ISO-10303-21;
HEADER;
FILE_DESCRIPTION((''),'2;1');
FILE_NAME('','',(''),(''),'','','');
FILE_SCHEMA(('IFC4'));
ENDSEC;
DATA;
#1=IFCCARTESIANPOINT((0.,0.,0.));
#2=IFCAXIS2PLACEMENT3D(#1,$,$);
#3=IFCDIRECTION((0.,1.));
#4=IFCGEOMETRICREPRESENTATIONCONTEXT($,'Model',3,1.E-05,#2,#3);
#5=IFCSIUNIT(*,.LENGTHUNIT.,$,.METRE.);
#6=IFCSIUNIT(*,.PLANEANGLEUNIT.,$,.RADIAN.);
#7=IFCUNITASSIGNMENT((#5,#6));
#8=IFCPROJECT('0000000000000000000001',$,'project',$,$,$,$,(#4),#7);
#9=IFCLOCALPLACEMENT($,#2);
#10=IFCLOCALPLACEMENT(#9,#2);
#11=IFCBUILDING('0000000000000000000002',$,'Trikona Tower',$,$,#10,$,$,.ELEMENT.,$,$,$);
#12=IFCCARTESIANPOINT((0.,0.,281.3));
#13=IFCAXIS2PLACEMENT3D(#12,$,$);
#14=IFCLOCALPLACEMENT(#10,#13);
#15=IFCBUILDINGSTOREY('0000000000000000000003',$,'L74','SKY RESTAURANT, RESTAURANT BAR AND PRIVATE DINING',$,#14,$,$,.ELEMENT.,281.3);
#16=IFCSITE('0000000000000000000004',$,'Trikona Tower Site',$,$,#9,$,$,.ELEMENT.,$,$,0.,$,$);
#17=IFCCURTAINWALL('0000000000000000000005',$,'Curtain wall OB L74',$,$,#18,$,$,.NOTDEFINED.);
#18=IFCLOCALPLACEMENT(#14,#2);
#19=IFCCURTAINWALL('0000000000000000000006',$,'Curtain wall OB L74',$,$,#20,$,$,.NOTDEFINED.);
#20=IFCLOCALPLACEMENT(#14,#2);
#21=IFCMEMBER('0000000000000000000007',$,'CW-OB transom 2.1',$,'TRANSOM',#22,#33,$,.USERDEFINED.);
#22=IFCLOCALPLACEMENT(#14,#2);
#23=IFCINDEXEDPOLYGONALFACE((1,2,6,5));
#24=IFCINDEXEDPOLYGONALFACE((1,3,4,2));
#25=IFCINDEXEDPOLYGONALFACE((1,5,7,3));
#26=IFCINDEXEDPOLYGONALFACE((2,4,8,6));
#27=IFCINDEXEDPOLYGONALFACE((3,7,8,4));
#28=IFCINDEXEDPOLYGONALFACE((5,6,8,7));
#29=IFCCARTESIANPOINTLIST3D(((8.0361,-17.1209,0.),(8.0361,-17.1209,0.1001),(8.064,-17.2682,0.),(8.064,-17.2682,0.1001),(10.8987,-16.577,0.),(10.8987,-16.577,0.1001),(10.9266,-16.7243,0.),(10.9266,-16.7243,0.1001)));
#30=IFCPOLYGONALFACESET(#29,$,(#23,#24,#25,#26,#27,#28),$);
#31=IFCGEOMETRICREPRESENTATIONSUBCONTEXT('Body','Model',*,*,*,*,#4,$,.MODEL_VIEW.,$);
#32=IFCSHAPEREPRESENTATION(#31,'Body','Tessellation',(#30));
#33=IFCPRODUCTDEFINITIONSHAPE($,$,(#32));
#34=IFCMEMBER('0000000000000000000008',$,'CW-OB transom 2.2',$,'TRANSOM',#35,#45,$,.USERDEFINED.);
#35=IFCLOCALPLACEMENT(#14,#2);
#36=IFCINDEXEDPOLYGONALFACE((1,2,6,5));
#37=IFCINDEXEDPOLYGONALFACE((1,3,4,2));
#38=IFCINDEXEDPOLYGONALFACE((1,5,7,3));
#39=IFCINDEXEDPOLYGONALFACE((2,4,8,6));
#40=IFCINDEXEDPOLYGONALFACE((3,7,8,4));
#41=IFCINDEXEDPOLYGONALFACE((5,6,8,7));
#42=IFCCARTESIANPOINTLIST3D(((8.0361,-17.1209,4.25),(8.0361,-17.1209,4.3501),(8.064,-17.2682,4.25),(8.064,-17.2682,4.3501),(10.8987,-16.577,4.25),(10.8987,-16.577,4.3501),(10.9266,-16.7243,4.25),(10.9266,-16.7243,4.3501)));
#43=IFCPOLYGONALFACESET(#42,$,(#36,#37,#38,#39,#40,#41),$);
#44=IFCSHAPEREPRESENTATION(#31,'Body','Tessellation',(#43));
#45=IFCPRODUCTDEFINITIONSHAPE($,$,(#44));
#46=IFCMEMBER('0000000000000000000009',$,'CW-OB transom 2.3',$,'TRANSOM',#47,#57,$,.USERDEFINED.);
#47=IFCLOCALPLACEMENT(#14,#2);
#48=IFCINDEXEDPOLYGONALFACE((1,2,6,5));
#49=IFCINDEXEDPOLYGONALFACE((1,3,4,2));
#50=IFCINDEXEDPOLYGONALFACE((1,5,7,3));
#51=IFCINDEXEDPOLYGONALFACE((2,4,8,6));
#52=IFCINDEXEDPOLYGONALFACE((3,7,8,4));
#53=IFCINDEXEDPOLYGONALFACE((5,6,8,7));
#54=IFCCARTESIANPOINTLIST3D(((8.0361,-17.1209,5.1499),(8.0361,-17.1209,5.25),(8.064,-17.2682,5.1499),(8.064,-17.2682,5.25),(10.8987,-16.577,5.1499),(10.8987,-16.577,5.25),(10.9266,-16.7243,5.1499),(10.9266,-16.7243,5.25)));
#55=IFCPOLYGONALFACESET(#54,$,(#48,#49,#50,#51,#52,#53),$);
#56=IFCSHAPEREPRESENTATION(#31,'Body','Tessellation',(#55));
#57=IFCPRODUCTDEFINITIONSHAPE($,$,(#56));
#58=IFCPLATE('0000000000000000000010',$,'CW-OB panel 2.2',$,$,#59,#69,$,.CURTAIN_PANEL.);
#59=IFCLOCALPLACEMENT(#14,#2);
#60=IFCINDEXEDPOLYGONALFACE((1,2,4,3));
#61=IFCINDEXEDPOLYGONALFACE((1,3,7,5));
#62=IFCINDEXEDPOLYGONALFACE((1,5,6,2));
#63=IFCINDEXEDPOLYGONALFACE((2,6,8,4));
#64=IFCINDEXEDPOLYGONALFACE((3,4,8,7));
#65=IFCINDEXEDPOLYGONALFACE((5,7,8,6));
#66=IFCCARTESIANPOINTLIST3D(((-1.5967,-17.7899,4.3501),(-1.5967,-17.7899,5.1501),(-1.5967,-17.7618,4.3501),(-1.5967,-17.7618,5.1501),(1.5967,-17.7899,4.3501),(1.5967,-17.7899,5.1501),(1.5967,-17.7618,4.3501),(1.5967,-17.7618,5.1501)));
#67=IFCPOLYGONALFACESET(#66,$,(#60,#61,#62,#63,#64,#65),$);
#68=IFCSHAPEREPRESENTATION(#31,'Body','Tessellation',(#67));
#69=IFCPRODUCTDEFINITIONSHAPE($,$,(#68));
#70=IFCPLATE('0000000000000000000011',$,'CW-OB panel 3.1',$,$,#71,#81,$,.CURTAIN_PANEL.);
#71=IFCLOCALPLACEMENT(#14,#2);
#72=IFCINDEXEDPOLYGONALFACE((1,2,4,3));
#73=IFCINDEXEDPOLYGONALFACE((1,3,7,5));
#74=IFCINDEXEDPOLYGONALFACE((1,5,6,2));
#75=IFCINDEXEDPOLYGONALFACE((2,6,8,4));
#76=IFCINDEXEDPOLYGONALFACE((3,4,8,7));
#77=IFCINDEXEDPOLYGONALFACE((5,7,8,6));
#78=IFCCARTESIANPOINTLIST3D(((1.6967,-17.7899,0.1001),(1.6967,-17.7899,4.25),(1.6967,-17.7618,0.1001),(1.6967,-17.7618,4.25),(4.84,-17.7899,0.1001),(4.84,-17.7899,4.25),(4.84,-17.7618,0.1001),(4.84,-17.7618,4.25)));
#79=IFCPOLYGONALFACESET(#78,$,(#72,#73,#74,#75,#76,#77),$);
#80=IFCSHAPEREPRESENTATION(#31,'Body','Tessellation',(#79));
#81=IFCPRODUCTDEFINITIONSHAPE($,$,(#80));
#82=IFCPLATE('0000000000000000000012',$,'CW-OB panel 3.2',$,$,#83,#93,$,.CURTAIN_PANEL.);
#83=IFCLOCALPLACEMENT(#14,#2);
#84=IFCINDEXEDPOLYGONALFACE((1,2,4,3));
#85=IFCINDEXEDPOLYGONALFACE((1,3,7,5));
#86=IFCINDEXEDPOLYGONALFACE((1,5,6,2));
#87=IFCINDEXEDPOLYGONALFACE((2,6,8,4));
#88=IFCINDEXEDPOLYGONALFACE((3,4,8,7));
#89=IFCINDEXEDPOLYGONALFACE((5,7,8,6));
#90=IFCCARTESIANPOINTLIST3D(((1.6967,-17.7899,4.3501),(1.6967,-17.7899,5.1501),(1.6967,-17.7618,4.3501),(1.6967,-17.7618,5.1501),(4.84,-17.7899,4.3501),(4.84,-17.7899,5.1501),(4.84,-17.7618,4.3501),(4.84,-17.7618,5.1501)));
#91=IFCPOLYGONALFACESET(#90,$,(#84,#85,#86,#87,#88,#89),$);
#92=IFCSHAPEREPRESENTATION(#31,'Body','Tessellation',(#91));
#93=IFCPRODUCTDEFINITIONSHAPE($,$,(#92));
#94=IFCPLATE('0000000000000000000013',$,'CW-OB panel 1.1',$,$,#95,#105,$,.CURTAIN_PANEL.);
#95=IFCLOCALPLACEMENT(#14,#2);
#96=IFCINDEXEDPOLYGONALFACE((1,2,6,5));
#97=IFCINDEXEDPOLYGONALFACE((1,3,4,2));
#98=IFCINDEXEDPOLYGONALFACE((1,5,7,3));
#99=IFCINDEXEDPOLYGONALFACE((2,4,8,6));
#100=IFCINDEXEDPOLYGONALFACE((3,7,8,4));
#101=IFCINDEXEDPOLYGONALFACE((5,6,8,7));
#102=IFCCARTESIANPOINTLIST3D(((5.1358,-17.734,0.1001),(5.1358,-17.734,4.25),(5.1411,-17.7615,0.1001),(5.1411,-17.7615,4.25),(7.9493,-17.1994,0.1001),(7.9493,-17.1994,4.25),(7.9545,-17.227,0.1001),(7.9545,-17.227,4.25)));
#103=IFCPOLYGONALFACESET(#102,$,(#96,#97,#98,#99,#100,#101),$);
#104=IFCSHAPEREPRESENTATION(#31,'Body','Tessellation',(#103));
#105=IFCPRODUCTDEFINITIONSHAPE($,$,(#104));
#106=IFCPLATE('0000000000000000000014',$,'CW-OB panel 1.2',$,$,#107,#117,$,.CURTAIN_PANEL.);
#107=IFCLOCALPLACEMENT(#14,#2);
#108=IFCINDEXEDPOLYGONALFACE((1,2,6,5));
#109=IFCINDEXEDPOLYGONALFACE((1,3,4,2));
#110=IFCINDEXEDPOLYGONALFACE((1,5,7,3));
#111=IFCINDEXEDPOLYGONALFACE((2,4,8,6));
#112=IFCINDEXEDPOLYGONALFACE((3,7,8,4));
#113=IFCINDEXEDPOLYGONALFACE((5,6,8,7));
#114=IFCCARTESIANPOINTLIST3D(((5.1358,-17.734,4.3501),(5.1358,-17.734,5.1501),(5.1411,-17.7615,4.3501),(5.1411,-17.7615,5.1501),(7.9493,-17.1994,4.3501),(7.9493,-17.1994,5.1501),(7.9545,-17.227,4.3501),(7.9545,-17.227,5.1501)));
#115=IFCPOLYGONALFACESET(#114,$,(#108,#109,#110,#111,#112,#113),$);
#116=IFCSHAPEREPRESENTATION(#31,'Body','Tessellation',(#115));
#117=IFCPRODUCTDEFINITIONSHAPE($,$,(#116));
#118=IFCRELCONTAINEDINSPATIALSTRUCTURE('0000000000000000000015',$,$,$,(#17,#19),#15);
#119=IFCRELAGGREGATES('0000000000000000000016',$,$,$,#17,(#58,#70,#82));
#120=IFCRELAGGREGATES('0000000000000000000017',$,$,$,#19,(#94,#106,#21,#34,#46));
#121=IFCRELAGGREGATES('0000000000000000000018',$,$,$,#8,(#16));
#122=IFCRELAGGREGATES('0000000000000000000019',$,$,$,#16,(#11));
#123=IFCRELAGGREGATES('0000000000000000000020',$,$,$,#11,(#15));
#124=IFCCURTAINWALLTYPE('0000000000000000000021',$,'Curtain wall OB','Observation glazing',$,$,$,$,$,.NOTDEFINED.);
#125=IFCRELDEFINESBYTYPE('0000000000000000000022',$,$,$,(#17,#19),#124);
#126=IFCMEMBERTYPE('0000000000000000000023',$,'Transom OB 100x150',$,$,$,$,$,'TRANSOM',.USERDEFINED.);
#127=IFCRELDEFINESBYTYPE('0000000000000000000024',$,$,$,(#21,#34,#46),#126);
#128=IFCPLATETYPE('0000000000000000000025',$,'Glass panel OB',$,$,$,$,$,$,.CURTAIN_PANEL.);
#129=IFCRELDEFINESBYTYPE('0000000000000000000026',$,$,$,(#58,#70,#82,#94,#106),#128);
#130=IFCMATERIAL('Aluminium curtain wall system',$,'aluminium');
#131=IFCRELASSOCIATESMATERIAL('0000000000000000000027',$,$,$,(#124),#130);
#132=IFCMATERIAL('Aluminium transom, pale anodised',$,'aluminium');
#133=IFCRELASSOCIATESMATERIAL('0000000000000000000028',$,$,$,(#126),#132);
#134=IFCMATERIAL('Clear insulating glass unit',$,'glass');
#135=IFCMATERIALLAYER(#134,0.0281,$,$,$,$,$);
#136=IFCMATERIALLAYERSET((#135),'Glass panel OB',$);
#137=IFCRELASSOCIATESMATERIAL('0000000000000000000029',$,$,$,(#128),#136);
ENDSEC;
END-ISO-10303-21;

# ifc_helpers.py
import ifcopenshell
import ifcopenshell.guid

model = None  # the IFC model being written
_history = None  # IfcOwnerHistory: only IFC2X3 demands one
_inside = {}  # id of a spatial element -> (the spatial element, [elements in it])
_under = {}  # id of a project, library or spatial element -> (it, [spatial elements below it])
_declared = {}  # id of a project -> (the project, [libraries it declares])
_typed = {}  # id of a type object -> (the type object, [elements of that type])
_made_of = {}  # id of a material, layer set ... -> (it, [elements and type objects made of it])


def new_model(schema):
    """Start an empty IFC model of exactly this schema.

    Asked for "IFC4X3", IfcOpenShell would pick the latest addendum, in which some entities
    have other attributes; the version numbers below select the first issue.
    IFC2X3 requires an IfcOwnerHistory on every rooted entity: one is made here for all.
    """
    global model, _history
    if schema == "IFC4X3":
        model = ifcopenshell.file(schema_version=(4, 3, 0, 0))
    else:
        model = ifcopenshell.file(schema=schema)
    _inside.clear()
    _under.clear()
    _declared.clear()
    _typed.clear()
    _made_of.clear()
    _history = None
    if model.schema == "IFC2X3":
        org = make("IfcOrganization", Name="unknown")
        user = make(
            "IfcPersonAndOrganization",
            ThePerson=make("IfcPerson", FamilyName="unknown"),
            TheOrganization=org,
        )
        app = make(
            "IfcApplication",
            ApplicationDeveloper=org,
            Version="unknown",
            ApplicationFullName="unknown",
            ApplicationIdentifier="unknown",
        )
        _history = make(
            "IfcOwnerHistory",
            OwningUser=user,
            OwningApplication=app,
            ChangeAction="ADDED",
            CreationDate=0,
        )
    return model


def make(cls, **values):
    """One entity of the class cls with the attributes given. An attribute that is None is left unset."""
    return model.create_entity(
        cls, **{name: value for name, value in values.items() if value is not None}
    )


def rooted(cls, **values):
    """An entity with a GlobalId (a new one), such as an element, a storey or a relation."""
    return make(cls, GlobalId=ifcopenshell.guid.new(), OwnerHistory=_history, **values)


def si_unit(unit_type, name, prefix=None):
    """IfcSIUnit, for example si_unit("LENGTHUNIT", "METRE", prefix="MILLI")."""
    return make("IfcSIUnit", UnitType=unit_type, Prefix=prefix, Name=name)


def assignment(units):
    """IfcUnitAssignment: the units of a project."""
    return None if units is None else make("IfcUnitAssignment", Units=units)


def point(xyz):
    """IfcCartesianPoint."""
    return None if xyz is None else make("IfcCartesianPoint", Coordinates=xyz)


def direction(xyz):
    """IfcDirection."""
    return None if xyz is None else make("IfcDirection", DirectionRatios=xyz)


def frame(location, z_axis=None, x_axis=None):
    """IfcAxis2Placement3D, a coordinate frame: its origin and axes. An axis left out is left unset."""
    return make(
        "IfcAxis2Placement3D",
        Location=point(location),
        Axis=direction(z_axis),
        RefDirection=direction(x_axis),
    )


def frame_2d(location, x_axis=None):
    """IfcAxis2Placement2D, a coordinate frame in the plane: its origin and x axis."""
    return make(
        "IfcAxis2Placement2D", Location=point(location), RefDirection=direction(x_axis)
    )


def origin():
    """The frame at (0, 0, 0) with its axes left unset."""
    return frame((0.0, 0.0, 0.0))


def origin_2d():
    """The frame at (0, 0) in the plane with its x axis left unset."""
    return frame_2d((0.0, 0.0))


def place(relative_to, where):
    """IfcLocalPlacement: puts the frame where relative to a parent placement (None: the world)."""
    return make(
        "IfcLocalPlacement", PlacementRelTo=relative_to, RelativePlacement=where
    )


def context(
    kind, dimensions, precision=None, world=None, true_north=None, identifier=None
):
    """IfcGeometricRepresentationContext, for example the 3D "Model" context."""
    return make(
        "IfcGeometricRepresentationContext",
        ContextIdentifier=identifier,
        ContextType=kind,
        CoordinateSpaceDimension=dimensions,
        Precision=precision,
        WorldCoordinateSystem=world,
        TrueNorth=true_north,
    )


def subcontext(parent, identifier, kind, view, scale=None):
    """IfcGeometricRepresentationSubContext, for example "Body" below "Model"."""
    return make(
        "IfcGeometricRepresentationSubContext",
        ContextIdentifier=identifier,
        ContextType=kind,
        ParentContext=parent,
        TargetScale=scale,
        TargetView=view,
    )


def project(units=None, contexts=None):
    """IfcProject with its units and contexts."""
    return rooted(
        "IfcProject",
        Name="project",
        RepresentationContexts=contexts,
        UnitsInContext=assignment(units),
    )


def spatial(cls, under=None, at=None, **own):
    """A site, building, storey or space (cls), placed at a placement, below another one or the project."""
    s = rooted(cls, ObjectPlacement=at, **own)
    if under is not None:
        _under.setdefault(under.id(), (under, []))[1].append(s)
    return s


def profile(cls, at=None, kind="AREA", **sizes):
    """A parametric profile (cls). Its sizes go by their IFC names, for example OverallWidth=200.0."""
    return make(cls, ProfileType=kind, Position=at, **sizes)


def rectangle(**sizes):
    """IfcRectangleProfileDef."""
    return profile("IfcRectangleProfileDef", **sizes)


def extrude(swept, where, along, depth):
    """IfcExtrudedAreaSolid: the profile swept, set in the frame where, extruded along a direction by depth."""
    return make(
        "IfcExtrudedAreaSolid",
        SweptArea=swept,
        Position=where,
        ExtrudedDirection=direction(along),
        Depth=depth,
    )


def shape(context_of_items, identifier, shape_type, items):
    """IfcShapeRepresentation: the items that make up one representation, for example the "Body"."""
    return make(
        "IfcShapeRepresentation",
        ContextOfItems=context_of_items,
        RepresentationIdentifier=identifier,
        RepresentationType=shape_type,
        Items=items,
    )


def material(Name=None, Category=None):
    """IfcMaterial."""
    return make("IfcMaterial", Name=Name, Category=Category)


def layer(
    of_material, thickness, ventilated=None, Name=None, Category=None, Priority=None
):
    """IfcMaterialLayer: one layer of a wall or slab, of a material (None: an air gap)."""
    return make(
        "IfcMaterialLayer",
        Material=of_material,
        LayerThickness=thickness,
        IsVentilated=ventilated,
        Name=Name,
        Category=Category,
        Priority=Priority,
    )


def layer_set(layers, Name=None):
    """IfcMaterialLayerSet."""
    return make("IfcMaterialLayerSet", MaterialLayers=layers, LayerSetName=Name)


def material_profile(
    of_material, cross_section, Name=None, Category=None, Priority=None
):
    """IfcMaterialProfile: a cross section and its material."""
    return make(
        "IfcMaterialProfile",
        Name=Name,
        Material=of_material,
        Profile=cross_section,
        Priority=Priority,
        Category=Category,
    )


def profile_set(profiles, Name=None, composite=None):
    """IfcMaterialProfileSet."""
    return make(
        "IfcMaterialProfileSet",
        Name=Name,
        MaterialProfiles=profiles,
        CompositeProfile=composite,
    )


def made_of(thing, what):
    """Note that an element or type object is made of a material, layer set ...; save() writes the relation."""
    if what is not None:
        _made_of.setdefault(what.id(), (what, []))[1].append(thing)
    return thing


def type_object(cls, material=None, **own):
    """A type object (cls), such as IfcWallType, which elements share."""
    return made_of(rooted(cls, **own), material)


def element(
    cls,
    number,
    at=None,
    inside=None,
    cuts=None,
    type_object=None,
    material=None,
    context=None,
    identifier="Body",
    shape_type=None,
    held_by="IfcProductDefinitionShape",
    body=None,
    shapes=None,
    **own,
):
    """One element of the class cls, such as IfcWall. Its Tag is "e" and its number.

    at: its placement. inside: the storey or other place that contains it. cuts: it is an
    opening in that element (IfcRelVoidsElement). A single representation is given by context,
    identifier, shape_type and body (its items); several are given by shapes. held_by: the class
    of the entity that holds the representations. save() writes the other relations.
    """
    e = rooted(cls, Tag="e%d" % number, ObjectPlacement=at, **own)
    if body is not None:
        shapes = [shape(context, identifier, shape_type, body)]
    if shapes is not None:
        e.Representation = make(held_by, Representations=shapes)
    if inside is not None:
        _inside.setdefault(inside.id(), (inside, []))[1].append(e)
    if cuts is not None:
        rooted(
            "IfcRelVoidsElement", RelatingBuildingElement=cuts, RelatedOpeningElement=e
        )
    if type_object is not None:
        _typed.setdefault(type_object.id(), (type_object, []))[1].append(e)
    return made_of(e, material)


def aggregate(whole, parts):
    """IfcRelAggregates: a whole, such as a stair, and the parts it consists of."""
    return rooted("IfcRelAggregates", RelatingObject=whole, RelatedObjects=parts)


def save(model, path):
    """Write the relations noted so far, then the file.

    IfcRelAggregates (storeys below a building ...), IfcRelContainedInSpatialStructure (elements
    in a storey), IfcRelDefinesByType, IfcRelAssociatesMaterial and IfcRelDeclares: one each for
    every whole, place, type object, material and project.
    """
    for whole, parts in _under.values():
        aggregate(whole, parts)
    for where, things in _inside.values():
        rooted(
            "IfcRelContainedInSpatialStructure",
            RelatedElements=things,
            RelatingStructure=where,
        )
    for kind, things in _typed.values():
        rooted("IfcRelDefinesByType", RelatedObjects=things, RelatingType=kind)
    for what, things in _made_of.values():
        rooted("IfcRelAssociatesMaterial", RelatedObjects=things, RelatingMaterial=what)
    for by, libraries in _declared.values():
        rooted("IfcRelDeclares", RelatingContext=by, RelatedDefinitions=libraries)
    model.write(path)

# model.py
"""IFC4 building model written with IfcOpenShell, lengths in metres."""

from ifc_helpers import new_model, si_unit, direction, frame, origin, origin_2d, place, context, subcontext, project, spatial, rectangle, extrude, material, layer, layer_set, material_profile, profile_set, type_object, element, aggregate, save


model = new_model("IFC4")

# Units and contexts
model_context = context("Model", 3, precision=1e-05, world=origin(), true_north=direction((0.0, 1.0)))
body_context = subcontext(model_context, "Body", "Model", "MODEL_VIEW")
ifc_project = project(units=[si_unit("LENGTHUNIT", "METRE"), si_unit("PLANEANGLEUNIT", "RADIAN")], contexts=[model_context])

# Site, building, storey
site_placement = place(None, origin())
site = spatial("IfcSite", under=ifc_project, at=site_placement, Name="Trikona Tower Site", CompositionType="ELEMENT", RefElevation=0.0)
building_placement = place(site_placement, origin())
building = spatial("IfcBuilding", under=site, at=building_placement, Name="Trikona Tower", CompositionType="ELEMENT")
storey_placement = place(building_placement, frame((0.0, 0.0, 281.3)))
storey = spatial("IfcBuildingStorey", under=building, at=storey_placement, Name="L74", Description="SKY RESTAURANT, RESTAURANT BAR AND PRIVATE DINING", CompositionType="ELEMENT", Elevation=281.3)

# Curtain walls
ifc_material_1 = material(Name="Aluminium curtain wall system", Category="aluminium")
curtain_wall_type = type_object("IfcCurtainWallType", Name="Curtain wall OB", Description="Observation glazing", PredefinedType="NOTDEFINED", material=ifc_material_1)
curtain_wall_1_placement = place(storey_placement, origin())
curtain_wall_1 = element("IfcCurtainWall", 1, at=curtain_wall_1_placement, inside=storey, type_object=curtain_wall_type, Name="Curtain wall OB L74", PredefinedType="NOTDEFINED")
curtain_wall_2_placement = place(storey_placement, origin())
curtain_wall_2 = element("IfcCurtainWall", 2, at=curtain_wall_2_placement, inside=storey, type_object=curtain_wall_type, Name="Curtain wall OB L74", PredefinedType="NOTDEFINED")

# Members
ifc_material_2 = material(Name="Aluminium transom, pale anodised", Category="aluminium")
ifc_material_profile_1 = material_profile(ifc_material_2, rectangle(XDim=0.1499, YDim=0.1001, at=origin_2d()), Name="TRN-OB")
ifc_profile_set_1 = profile_set([ifc_material_profile_1], Name="Aluminium transom, pale anodised")
member_type_1 = type_object("IfcMemberType", Name="Transom OB 100x150", ElementType="TRANSOM", PredefinedType="USERDEFINED", material=ifc_profile_set_1)
member_1_placement = place(storey_placement, frame((8.05, -17.1946, 0.05), z_axis=(0.982421, 0.186681, 0.0), x_axis=(-0.186681, 0.982421, 0.0)))
member_1 = element("IfcMember", 3, at=member_1_placement, type_object=member_type_1, Name="CW-OB transom 2.1", ObjectType="TRANSOM", PredefinedType="USERDEFINED", context=body_context, shape_type="SweptSolid", body=[
    extrude(rectangle(XDim=0.1499, YDim=0.1001, at=origin_2d()), origin(), (0.0, 0.0, 1.0), 2.9138),
])
member_2_placement = place(storey_placement, frame((8.05, -17.1946, 4.3), z_axis=(0.982421, 0.186681, 0.0), x_axis=(-0.186681, 0.982421, 0.0)))
member_2 = element("IfcMember", 4, at=member_2_placement, type_object=member_type_1, Name="CW-OB transom 2.2", ObjectType="TRANSOM", PredefinedType="USERDEFINED", context=body_context, shape_type="SweptSolid", body=[
    extrude(rectangle(XDim=0.1499, YDim=0.1001, at=origin_2d()), origin(), (0.0, 0.0, 1.0), 2.9138),
])
member_3_placement = place(storey_placement, frame((8.05, -17.1946, 5.2), z_axis=(0.982421, 0.186681, 0.0), x_axis=(-0.186681, 0.982421, 0.0)))
member_3 = element("IfcMember", 5, at=member_3_placement, type_object=member_type_1, Name="CW-OB transom 2.3", ObjectType="TRANSOM", PredefinedType="USERDEFINED", context=body_context, shape_type="SweptSolid", body=[
    extrude(rectangle(XDim=0.1499, YDim=0.1001, at=origin_2d()), origin(), (0.0, 0.0, 1.0), 2.9138),
])

# Plates
ifc_material_3 = material(Name="Clear insulating glass unit", Category="glass")
ifc_layer = layer(ifc_material_3, 0.0281)
ifc_layer_set = layer_set([ifc_layer], Name="Glass panel OB")
plate_type = type_object("IfcPlateType", Name="Glass panel OB", PredefinedType="CURTAIN_PANEL", material=ifc_layer_set)
plate_1_placement = place(storey_placement, frame((0.0, -17.7759, 4.3501), z_axis=(0.0, 0.0, 1.0), x_axis=(1.0, 0.0, 0.0)))
plate_1 = element("IfcPlate", 6, at=plate_1_placement, type_object=plate_type, Name="CW-OB panel 2.2", PredefinedType="CURTAIN_PANEL", context=body_context, shape_type="SweptSolid", body=[
    extrude(rectangle(XDim=3.1934, YDim=0.0281, at=origin_2d()), origin(), (0.0, 0.0, 1.0), 0.8),
])
plate_2_placement = place(storey_placement, frame((3.2683, -17.7759, 0.1001), z_axis=(0.0, 0.0, 1.0), x_axis=(1.0, 0.0, 0.0)))
plate_2 = element("IfcPlate", 7, at=plate_2_placement, type_object=plate_type, Name="CW-OB panel 3.1", PredefinedType="CURTAIN_PANEL", context=body_context, shape_type="SweptSolid", body=[
    extrude(rectangle(XDim=3.1433, YDim=0.0281, at=origin_2d()), origin(), (0.0, 0.0, 1.0), 4.1499),
])
plate_3_placement = place(storey_placement, frame((3.2683, -17.7759, 4.3501), z_axis=(0.0, 0.0, 1.0), x_axis=(1.0, 0.0, 0.0)))
plate_3 = element("IfcPlate", 8, at=plate_3_placement, type_object=plate_type, Name="CW-OB panel 3.2", PredefinedType="CURTAIN_PANEL", context=body_context, shape_type="SweptSolid", body=[
    extrude(rectangle(XDim=3.1433, YDim=0.0281, at=origin_2d()), origin(), (0.0, 0.0, 1.0), 0.8),
])
aggregate(curtain_wall_1, [plate_1, plate_2, plate_3])
plate_4_placement = place(storey_placement, frame((6.5452, -17.4805, 0.1001), z_axis=(0.0, 0.0, 1.0), x_axis=(0.982424, 0.186661, 0.0)))
plate_4 = element("IfcPlate", 9, at=plate_4_placement, type_object=plate_type, Name="CW-OB panel 1.1", PredefinedType="CURTAIN_PANEL", context=body_context, shape_type="SweptSolid", body=[
    extrude(rectangle(XDim=2.8638, YDim=0.0281, at=origin_2d()), origin(), (0.0, 0.0, 1.0), 4.1499),
])
plate_5_placement = place(storey_placement, frame((6.5452, -17.4805, 4.3501), z_axis=(0.0, 0.0, 1.0), x_axis=(0.982424, 0.186661, 0.0)))
plate_5 = element("IfcPlate", 10, at=plate_5_placement, type_object=plate_type, Name="CW-OB panel 1.2", PredefinedType="CURTAIN_PANEL", context=body_context, shape_type="SweptSolid", body=[
    extrude(rectangle(XDim=2.8638, YDim=0.0281, at=origin_2d()), origin(), (0.0, 0.0, 1.0), 0.8),
])
aggregate(curtain_wall_2, [plate_4, plate_5, member_1, member_2, member_3])

save(model, "model.ifc")
